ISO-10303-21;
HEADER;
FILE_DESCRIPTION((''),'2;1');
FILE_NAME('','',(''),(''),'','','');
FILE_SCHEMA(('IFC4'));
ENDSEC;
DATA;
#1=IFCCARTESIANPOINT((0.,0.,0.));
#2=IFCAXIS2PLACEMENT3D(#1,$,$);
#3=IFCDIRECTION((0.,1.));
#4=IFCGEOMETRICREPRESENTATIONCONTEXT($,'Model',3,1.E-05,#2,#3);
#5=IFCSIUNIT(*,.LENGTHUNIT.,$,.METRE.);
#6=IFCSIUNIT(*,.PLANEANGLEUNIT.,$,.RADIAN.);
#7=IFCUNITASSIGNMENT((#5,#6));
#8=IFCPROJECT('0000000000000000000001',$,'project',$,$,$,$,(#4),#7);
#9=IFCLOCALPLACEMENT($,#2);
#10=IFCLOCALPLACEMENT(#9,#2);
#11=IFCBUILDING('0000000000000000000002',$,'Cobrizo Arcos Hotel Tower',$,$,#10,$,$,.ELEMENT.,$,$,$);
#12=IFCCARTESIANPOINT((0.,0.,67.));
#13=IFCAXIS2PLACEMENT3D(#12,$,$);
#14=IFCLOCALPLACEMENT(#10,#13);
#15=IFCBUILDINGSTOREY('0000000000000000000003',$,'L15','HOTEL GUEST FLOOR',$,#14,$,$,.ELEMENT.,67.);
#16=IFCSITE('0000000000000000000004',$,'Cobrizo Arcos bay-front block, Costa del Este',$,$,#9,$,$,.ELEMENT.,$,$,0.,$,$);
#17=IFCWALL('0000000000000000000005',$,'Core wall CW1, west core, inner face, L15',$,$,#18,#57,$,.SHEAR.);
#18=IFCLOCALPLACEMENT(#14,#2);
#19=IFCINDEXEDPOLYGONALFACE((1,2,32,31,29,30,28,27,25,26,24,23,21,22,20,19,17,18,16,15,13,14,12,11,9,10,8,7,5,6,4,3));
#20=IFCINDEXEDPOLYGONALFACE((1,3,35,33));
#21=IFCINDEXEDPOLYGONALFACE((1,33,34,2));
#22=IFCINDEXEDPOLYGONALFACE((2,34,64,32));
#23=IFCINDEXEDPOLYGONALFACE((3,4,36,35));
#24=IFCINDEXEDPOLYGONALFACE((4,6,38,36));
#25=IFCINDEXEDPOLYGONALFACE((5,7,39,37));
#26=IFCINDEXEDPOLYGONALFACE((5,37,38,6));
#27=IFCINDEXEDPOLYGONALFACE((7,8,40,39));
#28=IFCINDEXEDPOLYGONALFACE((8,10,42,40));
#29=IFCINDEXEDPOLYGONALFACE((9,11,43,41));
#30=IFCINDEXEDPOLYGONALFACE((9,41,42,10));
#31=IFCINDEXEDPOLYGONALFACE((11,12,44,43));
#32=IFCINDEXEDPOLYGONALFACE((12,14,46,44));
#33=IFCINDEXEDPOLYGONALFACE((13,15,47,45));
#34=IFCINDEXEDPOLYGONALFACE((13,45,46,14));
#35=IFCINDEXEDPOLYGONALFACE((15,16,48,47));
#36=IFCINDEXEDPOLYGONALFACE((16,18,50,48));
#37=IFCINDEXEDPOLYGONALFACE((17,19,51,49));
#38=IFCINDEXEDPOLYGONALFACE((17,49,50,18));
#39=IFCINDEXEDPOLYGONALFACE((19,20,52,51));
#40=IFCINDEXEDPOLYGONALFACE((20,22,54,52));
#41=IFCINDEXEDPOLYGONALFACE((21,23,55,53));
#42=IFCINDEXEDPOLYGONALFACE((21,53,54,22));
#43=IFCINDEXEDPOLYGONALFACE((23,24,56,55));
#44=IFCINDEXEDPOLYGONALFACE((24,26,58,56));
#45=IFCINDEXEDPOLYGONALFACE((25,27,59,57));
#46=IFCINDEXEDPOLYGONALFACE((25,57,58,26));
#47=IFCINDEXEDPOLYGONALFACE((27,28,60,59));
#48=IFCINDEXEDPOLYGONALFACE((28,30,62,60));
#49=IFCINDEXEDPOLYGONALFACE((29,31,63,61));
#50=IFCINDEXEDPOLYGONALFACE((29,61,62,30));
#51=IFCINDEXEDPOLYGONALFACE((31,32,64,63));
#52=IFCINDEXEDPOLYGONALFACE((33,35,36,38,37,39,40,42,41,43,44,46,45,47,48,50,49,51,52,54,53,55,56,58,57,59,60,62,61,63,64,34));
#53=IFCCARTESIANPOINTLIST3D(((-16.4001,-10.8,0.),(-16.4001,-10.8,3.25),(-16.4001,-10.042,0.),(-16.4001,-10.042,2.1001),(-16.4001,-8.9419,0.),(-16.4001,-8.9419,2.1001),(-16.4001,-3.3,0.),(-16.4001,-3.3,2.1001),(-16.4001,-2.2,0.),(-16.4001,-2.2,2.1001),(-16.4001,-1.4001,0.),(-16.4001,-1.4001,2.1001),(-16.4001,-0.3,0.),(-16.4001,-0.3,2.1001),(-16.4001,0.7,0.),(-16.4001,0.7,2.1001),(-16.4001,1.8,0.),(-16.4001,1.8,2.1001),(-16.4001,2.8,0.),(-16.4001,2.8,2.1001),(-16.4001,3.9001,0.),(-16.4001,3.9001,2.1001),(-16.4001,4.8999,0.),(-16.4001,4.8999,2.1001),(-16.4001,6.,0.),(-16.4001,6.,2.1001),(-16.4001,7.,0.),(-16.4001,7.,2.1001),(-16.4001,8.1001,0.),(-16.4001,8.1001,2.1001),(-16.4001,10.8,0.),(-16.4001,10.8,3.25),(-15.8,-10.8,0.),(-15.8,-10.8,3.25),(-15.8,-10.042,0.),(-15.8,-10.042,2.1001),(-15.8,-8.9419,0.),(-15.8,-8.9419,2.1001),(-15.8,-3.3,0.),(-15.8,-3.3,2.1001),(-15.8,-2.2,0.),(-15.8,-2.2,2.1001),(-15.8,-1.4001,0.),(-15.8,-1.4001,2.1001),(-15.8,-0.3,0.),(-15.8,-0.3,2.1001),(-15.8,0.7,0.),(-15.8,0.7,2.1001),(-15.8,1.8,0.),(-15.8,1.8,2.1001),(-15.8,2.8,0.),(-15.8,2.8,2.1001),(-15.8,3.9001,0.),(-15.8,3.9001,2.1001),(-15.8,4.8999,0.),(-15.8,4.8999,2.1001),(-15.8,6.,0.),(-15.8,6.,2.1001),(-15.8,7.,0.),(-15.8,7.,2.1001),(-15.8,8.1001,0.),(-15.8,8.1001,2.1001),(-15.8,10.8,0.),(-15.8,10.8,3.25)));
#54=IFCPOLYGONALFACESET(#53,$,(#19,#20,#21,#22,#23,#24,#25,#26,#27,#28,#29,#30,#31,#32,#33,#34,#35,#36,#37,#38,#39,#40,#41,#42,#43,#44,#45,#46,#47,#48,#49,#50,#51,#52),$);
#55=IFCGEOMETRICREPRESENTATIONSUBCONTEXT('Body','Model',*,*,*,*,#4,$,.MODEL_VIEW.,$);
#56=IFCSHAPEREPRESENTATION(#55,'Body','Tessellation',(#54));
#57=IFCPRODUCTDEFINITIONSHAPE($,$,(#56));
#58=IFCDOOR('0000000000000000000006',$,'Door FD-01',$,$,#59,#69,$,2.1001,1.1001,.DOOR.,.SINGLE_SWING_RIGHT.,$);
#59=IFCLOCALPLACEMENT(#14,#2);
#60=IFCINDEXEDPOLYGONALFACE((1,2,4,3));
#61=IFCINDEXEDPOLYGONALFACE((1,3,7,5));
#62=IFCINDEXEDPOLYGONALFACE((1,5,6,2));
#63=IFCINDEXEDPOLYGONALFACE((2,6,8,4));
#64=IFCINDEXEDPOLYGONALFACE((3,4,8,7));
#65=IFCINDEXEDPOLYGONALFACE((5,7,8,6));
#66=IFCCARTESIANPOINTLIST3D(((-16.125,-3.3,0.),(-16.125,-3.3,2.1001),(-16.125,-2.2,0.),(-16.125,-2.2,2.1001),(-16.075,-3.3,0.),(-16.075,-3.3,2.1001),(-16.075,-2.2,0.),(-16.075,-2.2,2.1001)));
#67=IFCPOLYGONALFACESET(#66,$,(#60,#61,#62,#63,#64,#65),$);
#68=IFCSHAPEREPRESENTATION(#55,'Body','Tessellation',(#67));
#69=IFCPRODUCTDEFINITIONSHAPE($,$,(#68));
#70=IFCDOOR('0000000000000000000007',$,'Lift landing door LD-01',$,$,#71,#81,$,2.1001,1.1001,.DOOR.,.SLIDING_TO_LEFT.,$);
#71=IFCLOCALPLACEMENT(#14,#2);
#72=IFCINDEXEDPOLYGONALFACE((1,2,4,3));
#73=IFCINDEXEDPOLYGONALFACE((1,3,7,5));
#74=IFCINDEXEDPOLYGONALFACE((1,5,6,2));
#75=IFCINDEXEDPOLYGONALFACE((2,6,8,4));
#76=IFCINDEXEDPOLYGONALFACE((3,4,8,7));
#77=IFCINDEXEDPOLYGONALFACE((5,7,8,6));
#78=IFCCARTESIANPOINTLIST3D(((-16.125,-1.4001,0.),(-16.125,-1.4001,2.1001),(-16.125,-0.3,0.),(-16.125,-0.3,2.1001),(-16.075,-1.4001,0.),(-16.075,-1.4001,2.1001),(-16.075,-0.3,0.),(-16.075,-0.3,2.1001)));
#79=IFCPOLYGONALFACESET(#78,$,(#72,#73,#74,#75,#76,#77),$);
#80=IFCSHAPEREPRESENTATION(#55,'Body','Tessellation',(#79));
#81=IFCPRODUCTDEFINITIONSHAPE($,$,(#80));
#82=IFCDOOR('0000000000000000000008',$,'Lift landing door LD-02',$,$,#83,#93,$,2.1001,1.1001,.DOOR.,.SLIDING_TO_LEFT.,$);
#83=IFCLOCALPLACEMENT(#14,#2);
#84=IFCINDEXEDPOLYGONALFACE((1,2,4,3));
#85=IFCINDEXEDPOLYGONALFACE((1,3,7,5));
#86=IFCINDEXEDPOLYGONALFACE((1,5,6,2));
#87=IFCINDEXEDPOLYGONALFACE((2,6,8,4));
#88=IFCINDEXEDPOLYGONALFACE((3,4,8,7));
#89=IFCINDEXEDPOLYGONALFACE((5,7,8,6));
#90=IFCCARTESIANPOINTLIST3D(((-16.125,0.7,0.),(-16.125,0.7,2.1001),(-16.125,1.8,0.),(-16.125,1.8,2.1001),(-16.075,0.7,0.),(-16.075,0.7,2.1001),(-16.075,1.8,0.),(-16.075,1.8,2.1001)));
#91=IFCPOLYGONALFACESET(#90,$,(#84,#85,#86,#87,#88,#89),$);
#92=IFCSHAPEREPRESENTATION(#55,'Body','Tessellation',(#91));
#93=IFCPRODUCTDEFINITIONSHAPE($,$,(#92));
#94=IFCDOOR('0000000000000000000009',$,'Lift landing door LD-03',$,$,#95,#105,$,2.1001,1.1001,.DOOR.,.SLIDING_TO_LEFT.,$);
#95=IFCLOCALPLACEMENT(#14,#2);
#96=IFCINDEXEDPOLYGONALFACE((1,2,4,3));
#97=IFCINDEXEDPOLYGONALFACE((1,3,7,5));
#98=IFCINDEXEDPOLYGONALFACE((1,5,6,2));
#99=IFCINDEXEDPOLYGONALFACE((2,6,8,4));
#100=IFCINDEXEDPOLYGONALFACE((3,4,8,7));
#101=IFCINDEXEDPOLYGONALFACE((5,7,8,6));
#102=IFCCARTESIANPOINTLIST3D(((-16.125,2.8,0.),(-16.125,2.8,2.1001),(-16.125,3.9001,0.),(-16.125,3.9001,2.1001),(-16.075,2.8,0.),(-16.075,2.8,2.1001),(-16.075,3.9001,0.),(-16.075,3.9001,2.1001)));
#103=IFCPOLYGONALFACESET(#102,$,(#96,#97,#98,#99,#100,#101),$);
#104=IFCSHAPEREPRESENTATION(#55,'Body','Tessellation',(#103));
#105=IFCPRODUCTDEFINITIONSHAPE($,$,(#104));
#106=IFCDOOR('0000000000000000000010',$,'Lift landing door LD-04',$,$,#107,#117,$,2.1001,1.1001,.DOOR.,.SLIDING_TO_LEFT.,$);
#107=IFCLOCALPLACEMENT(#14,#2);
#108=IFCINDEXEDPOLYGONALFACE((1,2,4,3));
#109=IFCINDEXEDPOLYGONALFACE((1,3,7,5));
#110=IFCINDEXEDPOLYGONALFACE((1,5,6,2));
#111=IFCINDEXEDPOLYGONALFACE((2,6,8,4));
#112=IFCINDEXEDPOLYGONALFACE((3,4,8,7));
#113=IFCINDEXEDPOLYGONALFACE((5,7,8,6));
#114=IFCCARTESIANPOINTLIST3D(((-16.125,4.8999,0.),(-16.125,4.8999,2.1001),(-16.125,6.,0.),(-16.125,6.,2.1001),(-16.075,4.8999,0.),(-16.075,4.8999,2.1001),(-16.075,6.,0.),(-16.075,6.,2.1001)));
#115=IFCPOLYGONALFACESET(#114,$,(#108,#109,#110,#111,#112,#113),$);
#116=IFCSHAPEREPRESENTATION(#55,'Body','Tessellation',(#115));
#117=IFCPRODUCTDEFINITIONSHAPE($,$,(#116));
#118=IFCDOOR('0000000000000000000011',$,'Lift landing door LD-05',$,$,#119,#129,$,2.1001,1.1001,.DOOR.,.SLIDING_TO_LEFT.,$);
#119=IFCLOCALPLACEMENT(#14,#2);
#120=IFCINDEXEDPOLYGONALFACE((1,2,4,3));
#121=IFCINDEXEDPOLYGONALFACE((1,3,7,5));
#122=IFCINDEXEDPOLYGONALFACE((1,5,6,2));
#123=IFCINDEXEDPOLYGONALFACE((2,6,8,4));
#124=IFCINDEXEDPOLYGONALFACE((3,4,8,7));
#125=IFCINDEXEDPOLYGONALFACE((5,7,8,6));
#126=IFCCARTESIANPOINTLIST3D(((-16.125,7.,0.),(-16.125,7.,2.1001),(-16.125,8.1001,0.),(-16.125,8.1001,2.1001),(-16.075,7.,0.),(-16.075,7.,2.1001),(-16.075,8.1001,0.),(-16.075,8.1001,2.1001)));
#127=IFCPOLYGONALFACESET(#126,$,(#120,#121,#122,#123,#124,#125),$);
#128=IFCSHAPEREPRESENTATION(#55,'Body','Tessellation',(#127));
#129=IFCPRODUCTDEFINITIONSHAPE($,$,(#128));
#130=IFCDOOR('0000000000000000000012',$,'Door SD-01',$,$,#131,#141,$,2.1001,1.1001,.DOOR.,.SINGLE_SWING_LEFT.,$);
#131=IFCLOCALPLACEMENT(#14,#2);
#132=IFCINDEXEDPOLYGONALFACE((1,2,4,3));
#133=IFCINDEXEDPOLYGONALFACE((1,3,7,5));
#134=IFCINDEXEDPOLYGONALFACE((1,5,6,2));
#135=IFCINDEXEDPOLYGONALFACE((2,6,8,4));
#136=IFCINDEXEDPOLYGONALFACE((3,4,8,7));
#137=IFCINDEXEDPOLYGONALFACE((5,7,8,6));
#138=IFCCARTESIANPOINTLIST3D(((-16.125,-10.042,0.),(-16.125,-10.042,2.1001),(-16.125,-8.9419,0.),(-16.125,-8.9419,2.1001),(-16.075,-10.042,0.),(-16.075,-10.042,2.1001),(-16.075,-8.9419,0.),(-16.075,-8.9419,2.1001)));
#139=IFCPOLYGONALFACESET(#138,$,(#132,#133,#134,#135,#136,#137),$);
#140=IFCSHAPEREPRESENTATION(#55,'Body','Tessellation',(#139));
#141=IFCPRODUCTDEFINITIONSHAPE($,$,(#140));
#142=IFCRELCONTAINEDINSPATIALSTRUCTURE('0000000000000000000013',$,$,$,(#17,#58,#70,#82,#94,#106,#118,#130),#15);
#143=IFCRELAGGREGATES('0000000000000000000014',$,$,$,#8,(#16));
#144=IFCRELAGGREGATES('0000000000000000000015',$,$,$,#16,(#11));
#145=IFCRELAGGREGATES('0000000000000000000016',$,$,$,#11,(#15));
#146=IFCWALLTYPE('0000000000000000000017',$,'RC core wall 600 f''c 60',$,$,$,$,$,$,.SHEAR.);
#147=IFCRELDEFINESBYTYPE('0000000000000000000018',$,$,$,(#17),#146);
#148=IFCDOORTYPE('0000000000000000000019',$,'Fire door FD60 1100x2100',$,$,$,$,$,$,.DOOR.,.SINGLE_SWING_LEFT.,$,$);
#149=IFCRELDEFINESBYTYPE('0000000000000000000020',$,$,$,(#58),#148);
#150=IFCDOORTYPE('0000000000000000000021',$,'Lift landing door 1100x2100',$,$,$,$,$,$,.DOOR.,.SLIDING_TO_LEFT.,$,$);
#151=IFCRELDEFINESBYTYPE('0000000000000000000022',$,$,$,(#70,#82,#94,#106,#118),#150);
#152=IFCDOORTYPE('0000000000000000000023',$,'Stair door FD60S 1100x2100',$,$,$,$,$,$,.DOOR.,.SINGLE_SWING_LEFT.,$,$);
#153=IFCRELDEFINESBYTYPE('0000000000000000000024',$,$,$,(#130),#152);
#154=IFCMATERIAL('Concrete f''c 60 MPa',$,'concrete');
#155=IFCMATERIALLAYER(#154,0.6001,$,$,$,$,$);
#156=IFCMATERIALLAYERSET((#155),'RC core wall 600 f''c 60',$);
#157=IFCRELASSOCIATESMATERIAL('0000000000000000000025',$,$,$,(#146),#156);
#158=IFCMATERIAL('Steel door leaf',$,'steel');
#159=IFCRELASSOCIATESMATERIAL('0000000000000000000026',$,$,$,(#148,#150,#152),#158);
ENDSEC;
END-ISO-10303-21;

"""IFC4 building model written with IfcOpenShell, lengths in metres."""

from ifc_helpers import new_model, si_unit, direction, frame, frame_2d, origin, place, context, subcontext, project, spatial, rectangle, extrude, material, layer, layer_set, type_object, element, fill, save


model = new_model("IFC4")

# Units and contexts
model_context = context("Model", 3, precision=1e-05, world=origin(), true_north=direction((0.0, 1.0)))
body_context = subcontext(model_context, "Body", "Model", "MODEL_VIEW")
ifc_project = project(units=[si_unit("LENGTHUNIT", "METRE"), si_unit("PLANEANGLEUNIT", "RADIAN")], contexts=[model_context])

# Site, building, storey
site_placement = place(None, origin())
site = spatial("IfcSite", under=ifc_project, at=site_placement, Name="Cobrizo Arcos bay-front block, Costa del Este", CompositionType="ELEMENT", RefElevation=0.0)
building_placement = place(site_placement, origin())
building = spatial("IfcBuilding", under=site, at=building_placement, Name="Cobrizo Arcos Hotel Tower", CompositionType="ELEMENT")
storey_placement = place(building_placement, frame((0.0, 0.0, 67.0)))
storey = spatial("IfcBuildingStorey", under=building, at=storey_placement, Name="L15", Description="HOTEL GUEST FLOOR", CompositionType="ELEMENT", Elevation=67.0)

# Wall, openings, doors
ifc_material_1 = material(Name="Concrete f'c 60 MPa", Category="concrete")
ifc_layer_1 = layer(ifc_material_1, 0.6001)
ifc_layer_set_1 = layer_set([ifc_layer_1], Name="RC core wall 600 f'c 60")
wall_type_1 = type_object("IfcWallType", Name="RC core wall 600 f'c 60", PredefinedType="SHEAR", material=ifc_layer_set_1)
wall_1_placement = place(storey_placement, frame((-16.1001, -10.8, 0.0), z_axis=(0.0, 0.0, 1.0), x_axis=(0.0, 1.0, 0.0)))
wall_1 = element("IfcWall", 1, at=wall_1_placement, inside=storey, type_object=wall_type_1, Name="Core wall CW1, west core, inner face, L15", PredefinedType="SHEAR", context=body_context, shape_type="SweptSolid", body=[
    extrude(rectangle(XDim=21.6001, YDim=0.6001, at=frame_2d((10.8, 0.0))), origin(), (0.0, 0.0, 1.0), 3.25),
])
opening_1_placement = place(wall_1_placement, frame((9.3999, 0.0, 0.0)))
opening_1 = element("IfcOpeningElement", 2, at=opening_1_placement, cuts=wall_1, PredefinedType="OPENING", context=body_context, shape_type="SweptSolid", body=[
    extrude(rectangle(XDim=1.1001, YDim=2.1001, at=frame_2d((0.55, 1.05))), frame((0.0, 0.312, 0.0), z_axis=(0.0, -1.0, 0.0), x_axis=(1.0, 0.0, 0.0)), (0.0, 0.0, 1.0), 0.624),
])
opening_2_placement = place(wall_1_placement, frame((11.5, 0.0, 0.0)))
opening_2 = element("IfcOpeningElement", 3, at=opening_2_placement, cuts=wall_1, PredefinedType="OPENING", context=body_context, shape_type="SweptSolid", body=[
    extrude(rectangle(XDim=1.1001, YDim=2.1001, at=frame_2d((0.55, 1.05))), frame((0.0, 0.312, 0.0), z_axis=(0.0, -1.0, 0.0), x_axis=(1.0, 0.0, 0.0)), (0.0, 0.0, 1.0), 0.624),
])
opening_3_placement = place(wall_1_placement, frame((13.6001, 0.0, 0.0)))
opening_3 = element("IfcOpeningElement", 4, at=opening_3_placement, cuts=wall_1, PredefinedType="OPENING", context=body_context, shape_type="SweptSolid", body=[
    extrude(rectangle(XDim=1.1001, YDim=2.1001, at=frame_2d((0.55, 1.05))), frame((0.0, 0.312, 0.0), z_axis=(0.0, -1.0, 0.0), x_axis=(1.0, 0.0, 0.0)), (0.0, 0.0, 1.0), 0.624),
])
opening_4_placement = place(wall_1_placement, frame((15.7, 0.0, 0.0)))
opening_4 = element("IfcOpeningElement", 5, at=opening_4_placement, cuts=wall_1, PredefinedType="OPENING", context=body_context, shape_type="SweptSolid", body=[
    extrude(rectangle(XDim=1.1001, YDim=2.1001, at=frame_2d((0.55, 1.05))), frame((0.0, 0.312, 0.0), z_axis=(0.0, -1.0, 0.0), x_axis=(1.0, 0.0, 0.0)), (0.0, 0.0, 1.0), 0.624),
])
opening_5_placement = place(wall_1_placement, frame((17.8, 0.0, 0.0)))
opening_5 = element("IfcOpeningElement", 6, at=opening_5_placement, cuts=wall_1, PredefinedType="OPENING", context=body_context, shape_type="SweptSolid", body=[
    extrude(rectangle(XDim=1.1001, YDim=2.1001, at=frame_2d((0.55, 1.05))), frame((0.0, 0.312, 0.0), z_axis=(0.0, -1.0, 0.0), x_axis=(1.0, 0.0, 0.0)), (0.0, 0.0, 1.0), 0.624),
])
opening_6_placement = place(wall_1_placement, frame((0.7581, 0.0, 0.0)))
opening_6 = element("IfcOpeningElement", 7, at=opening_6_placement, cuts=wall_1, PredefinedType="OPENING", context=body_context, shape_type="SweptSolid", body=[
    extrude(rectangle(XDim=1.1001, YDim=2.1001, at=frame_2d((0.55, 1.05))), frame((0.0, 0.312, 0.0), z_axis=(0.0, -1.0, 0.0), x_axis=(1.0, 0.0, 0.0)), (0.0, 0.0, 1.0), 0.624),
])
opening_7_placement = place(wall_1_placement, frame((7.5, 0.0, 0.0)))
opening_7 = element("IfcOpeningElement", 8, at=opening_7_placement, cuts=wall_1, PredefinedType="OPENING", context=body_context, shape_type="SweptSolid", body=[
    extrude(rectangle(XDim=1.1001, YDim=2.1001, at=frame_2d((0.55, 1.05))), frame((0.0, 0.312, 0.0), z_axis=(0.0, -1.0, 0.0), x_axis=(1.0, 0.0, 0.0)), (0.0, 0.0, 1.0), 0.624),
])
ifc_material_2 = material(Name="Steel door leaf", Category="steel")
door_type_1 = type_object("IfcDoorType", Name="Fire door FD60 1100x2100", OperationType="SINGLE_SWING_LEFT", PredefinedType="DOOR", material=ifc_material_2)
door_1_placement = place(opening_7_placement, origin())
door_1 = element("IfcDoor", 9, at=door_1_placement, inside=storey, type_object=door_type_1, Name="Door FD-01", OperationType="SINGLE_SWING_RIGHT", OverallHeight=2.1001, OverallWidth=1.1001, PredefinedType="DOOR", context=body_context, shape_type="SweptSolid", body=[
    extrude(rectangle(XDim=1.1001, YDim=2.1001, at=frame_2d((0.55, 1.05))), frame((0.0, 0.0249, 0.0), z_axis=(0.0, -1.0, 0.0), x_axis=(1.0, 0.0, 0.0)), (0.0, 0.0, 1.0), 0.05),
])
fill(opening_7, door_1)
door_type_2 = type_object("IfcDoorType", Name="Lift landing door 1100x2100", OperationType="SLIDING_TO_LEFT", PredefinedType="DOOR", material=ifc_material_2)
door_2_placement = place(opening_1_placement, origin())
door_2 = element("IfcDoor", 10, at=door_2_placement, inside=storey, type_object=door_type_2, Name="Lift landing door LD-01", OperationType="SLIDING_TO_LEFT", OverallHeight=2.1001, OverallWidth=1.1001, PredefinedType="DOOR", context=body_context, shape_type="SweptSolid", body=[
    extrude(rectangle(XDim=1.1001, YDim=2.1001, at=frame_2d((0.55, 1.05))), frame((0.0, 0.0249, 0.0), z_axis=(0.0, -1.0, 0.0), x_axis=(1.0, 0.0, 0.0)), (0.0, 0.0, 1.0), 0.05),
])
fill(opening_1, door_2)
door_3_placement = place(opening_2_placement, origin())
door_3 = element("IfcDoor", 11, at=door_3_placement, inside=storey, type_object=door_type_2, Name="Lift landing door LD-02", OperationType="SLIDING_TO_LEFT", OverallHeight=2.1001, OverallWidth=1.1001, PredefinedType="DOOR", context=body_context, shape_type="SweptSolid", body=[
    extrude(rectangle(XDim=1.1001, YDim=2.1001, at=frame_2d((0.55, 1.05))), frame((0.0, 0.0249, 0.0), z_axis=(0.0, -1.0, 0.0), x_axis=(1.0, 0.0, 0.0)), (0.0, 0.0, 1.0), 0.05),
])
fill(opening_2, door_3)
door_4_placement = place(opening_3_placement, origin())
door_4 = element("IfcDoor", 12, at=door_4_placement, inside=storey, type_object=door_type_2, Name="Lift landing door LD-03", OperationType="SLIDING_TO_LEFT", OverallHeight=2.1001, OverallWidth=1.1001, PredefinedType="DOOR", context=body_context, shape_type="SweptSolid", body=[
    extrude(rectangle(XDim=1.1001, YDim=2.1001, at=frame_2d((0.55, 1.05))), frame((0.0, 0.0249, 0.0), z_axis=(0.0, -1.0, 0.0), x_axis=(1.0, 0.0, 0.0)), (0.0, 0.0, 1.0), 0.05),
])
fill(opening_3, door_4)
door_5_placement = place(opening_4_placement, origin())
door_5 = element("IfcDoor", 13, at=door_5_placement, inside=storey, type_object=door_type_2, Name="Lift landing door LD-04", OperationType="SLIDING_TO_LEFT", OverallHeight=2.1001, OverallWidth=1.1001, PredefinedType="DOOR", context=body_context, shape_type="SweptSolid", body=[
    extrude(rectangle(XDim=1.1001, YDim=2.1001, at=frame_2d((0.55, 1.05))), frame((0.0, 0.0249, 0.0), z_axis=(0.0, -1.0, 0.0), x_axis=(1.0, 0.0, 0.0)), (0.0, 0.0, 1.0), 0.05),
])
fill(opening_4, door_5)
door_6_placement = place(opening_5_placement, origin())
door_6 = element("IfcDoor", 14, at=door_6_placement, inside=storey, type_object=door_type_2, Name="Lift landing door LD-05", OperationType="SLIDING_TO_LEFT", OverallHeight=2.1001, OverallWidth=1.1001, PredefinedType="DOOR", context=body_context, shape_type="SweptSolid", body=[
    extrude(rectangle(XDim=1.1001, YDim=2.1001, at=frame_2d((0.55, 1.05))), frame((0.0, 0.0249, 0.0), z_axis=(0.0, -1.0, 0.0), x_axis=(1.0, 0.0, 0.0)), (0.0, 0.0, 1.0), 0.05),
])
fill(opening_5, door_6)
door_type_3 = type_object("IfcDoorType", Name="Stair door FD60S 1100x2100", OperationType="SINGLE_SWING_LEFT", PredefinedType="DOOR", material=ifc_material_2)
door_7_placement = place(opening_6_placement, origin())
door_7 = element("IfcDoor", 15, at=door_7_placement, inside=storey, type_object=door_type_3, Name="Door SD-01", OperationType="SINGLE_SWING_LEFT", OverallHeight=2.1001, OverallWidth=1.1001, PredefinedType="DOOR", context=body_context, shape_type="SweptSolid", body=[
    extrude(rectangle(XDim=1.1001, YDim=2.1001, at=frame_2d((0.55, 1.05))), frame((0.0, 0.0249, 0.0), z_axis=(0.0, -1.0, 0.0), x_axis=(1.0, 0.0, 0.0)), (0.0, 0.0, 1.0), 0.05),
])
fill(opening_6, door_7)

save(model, "model.ifc")
